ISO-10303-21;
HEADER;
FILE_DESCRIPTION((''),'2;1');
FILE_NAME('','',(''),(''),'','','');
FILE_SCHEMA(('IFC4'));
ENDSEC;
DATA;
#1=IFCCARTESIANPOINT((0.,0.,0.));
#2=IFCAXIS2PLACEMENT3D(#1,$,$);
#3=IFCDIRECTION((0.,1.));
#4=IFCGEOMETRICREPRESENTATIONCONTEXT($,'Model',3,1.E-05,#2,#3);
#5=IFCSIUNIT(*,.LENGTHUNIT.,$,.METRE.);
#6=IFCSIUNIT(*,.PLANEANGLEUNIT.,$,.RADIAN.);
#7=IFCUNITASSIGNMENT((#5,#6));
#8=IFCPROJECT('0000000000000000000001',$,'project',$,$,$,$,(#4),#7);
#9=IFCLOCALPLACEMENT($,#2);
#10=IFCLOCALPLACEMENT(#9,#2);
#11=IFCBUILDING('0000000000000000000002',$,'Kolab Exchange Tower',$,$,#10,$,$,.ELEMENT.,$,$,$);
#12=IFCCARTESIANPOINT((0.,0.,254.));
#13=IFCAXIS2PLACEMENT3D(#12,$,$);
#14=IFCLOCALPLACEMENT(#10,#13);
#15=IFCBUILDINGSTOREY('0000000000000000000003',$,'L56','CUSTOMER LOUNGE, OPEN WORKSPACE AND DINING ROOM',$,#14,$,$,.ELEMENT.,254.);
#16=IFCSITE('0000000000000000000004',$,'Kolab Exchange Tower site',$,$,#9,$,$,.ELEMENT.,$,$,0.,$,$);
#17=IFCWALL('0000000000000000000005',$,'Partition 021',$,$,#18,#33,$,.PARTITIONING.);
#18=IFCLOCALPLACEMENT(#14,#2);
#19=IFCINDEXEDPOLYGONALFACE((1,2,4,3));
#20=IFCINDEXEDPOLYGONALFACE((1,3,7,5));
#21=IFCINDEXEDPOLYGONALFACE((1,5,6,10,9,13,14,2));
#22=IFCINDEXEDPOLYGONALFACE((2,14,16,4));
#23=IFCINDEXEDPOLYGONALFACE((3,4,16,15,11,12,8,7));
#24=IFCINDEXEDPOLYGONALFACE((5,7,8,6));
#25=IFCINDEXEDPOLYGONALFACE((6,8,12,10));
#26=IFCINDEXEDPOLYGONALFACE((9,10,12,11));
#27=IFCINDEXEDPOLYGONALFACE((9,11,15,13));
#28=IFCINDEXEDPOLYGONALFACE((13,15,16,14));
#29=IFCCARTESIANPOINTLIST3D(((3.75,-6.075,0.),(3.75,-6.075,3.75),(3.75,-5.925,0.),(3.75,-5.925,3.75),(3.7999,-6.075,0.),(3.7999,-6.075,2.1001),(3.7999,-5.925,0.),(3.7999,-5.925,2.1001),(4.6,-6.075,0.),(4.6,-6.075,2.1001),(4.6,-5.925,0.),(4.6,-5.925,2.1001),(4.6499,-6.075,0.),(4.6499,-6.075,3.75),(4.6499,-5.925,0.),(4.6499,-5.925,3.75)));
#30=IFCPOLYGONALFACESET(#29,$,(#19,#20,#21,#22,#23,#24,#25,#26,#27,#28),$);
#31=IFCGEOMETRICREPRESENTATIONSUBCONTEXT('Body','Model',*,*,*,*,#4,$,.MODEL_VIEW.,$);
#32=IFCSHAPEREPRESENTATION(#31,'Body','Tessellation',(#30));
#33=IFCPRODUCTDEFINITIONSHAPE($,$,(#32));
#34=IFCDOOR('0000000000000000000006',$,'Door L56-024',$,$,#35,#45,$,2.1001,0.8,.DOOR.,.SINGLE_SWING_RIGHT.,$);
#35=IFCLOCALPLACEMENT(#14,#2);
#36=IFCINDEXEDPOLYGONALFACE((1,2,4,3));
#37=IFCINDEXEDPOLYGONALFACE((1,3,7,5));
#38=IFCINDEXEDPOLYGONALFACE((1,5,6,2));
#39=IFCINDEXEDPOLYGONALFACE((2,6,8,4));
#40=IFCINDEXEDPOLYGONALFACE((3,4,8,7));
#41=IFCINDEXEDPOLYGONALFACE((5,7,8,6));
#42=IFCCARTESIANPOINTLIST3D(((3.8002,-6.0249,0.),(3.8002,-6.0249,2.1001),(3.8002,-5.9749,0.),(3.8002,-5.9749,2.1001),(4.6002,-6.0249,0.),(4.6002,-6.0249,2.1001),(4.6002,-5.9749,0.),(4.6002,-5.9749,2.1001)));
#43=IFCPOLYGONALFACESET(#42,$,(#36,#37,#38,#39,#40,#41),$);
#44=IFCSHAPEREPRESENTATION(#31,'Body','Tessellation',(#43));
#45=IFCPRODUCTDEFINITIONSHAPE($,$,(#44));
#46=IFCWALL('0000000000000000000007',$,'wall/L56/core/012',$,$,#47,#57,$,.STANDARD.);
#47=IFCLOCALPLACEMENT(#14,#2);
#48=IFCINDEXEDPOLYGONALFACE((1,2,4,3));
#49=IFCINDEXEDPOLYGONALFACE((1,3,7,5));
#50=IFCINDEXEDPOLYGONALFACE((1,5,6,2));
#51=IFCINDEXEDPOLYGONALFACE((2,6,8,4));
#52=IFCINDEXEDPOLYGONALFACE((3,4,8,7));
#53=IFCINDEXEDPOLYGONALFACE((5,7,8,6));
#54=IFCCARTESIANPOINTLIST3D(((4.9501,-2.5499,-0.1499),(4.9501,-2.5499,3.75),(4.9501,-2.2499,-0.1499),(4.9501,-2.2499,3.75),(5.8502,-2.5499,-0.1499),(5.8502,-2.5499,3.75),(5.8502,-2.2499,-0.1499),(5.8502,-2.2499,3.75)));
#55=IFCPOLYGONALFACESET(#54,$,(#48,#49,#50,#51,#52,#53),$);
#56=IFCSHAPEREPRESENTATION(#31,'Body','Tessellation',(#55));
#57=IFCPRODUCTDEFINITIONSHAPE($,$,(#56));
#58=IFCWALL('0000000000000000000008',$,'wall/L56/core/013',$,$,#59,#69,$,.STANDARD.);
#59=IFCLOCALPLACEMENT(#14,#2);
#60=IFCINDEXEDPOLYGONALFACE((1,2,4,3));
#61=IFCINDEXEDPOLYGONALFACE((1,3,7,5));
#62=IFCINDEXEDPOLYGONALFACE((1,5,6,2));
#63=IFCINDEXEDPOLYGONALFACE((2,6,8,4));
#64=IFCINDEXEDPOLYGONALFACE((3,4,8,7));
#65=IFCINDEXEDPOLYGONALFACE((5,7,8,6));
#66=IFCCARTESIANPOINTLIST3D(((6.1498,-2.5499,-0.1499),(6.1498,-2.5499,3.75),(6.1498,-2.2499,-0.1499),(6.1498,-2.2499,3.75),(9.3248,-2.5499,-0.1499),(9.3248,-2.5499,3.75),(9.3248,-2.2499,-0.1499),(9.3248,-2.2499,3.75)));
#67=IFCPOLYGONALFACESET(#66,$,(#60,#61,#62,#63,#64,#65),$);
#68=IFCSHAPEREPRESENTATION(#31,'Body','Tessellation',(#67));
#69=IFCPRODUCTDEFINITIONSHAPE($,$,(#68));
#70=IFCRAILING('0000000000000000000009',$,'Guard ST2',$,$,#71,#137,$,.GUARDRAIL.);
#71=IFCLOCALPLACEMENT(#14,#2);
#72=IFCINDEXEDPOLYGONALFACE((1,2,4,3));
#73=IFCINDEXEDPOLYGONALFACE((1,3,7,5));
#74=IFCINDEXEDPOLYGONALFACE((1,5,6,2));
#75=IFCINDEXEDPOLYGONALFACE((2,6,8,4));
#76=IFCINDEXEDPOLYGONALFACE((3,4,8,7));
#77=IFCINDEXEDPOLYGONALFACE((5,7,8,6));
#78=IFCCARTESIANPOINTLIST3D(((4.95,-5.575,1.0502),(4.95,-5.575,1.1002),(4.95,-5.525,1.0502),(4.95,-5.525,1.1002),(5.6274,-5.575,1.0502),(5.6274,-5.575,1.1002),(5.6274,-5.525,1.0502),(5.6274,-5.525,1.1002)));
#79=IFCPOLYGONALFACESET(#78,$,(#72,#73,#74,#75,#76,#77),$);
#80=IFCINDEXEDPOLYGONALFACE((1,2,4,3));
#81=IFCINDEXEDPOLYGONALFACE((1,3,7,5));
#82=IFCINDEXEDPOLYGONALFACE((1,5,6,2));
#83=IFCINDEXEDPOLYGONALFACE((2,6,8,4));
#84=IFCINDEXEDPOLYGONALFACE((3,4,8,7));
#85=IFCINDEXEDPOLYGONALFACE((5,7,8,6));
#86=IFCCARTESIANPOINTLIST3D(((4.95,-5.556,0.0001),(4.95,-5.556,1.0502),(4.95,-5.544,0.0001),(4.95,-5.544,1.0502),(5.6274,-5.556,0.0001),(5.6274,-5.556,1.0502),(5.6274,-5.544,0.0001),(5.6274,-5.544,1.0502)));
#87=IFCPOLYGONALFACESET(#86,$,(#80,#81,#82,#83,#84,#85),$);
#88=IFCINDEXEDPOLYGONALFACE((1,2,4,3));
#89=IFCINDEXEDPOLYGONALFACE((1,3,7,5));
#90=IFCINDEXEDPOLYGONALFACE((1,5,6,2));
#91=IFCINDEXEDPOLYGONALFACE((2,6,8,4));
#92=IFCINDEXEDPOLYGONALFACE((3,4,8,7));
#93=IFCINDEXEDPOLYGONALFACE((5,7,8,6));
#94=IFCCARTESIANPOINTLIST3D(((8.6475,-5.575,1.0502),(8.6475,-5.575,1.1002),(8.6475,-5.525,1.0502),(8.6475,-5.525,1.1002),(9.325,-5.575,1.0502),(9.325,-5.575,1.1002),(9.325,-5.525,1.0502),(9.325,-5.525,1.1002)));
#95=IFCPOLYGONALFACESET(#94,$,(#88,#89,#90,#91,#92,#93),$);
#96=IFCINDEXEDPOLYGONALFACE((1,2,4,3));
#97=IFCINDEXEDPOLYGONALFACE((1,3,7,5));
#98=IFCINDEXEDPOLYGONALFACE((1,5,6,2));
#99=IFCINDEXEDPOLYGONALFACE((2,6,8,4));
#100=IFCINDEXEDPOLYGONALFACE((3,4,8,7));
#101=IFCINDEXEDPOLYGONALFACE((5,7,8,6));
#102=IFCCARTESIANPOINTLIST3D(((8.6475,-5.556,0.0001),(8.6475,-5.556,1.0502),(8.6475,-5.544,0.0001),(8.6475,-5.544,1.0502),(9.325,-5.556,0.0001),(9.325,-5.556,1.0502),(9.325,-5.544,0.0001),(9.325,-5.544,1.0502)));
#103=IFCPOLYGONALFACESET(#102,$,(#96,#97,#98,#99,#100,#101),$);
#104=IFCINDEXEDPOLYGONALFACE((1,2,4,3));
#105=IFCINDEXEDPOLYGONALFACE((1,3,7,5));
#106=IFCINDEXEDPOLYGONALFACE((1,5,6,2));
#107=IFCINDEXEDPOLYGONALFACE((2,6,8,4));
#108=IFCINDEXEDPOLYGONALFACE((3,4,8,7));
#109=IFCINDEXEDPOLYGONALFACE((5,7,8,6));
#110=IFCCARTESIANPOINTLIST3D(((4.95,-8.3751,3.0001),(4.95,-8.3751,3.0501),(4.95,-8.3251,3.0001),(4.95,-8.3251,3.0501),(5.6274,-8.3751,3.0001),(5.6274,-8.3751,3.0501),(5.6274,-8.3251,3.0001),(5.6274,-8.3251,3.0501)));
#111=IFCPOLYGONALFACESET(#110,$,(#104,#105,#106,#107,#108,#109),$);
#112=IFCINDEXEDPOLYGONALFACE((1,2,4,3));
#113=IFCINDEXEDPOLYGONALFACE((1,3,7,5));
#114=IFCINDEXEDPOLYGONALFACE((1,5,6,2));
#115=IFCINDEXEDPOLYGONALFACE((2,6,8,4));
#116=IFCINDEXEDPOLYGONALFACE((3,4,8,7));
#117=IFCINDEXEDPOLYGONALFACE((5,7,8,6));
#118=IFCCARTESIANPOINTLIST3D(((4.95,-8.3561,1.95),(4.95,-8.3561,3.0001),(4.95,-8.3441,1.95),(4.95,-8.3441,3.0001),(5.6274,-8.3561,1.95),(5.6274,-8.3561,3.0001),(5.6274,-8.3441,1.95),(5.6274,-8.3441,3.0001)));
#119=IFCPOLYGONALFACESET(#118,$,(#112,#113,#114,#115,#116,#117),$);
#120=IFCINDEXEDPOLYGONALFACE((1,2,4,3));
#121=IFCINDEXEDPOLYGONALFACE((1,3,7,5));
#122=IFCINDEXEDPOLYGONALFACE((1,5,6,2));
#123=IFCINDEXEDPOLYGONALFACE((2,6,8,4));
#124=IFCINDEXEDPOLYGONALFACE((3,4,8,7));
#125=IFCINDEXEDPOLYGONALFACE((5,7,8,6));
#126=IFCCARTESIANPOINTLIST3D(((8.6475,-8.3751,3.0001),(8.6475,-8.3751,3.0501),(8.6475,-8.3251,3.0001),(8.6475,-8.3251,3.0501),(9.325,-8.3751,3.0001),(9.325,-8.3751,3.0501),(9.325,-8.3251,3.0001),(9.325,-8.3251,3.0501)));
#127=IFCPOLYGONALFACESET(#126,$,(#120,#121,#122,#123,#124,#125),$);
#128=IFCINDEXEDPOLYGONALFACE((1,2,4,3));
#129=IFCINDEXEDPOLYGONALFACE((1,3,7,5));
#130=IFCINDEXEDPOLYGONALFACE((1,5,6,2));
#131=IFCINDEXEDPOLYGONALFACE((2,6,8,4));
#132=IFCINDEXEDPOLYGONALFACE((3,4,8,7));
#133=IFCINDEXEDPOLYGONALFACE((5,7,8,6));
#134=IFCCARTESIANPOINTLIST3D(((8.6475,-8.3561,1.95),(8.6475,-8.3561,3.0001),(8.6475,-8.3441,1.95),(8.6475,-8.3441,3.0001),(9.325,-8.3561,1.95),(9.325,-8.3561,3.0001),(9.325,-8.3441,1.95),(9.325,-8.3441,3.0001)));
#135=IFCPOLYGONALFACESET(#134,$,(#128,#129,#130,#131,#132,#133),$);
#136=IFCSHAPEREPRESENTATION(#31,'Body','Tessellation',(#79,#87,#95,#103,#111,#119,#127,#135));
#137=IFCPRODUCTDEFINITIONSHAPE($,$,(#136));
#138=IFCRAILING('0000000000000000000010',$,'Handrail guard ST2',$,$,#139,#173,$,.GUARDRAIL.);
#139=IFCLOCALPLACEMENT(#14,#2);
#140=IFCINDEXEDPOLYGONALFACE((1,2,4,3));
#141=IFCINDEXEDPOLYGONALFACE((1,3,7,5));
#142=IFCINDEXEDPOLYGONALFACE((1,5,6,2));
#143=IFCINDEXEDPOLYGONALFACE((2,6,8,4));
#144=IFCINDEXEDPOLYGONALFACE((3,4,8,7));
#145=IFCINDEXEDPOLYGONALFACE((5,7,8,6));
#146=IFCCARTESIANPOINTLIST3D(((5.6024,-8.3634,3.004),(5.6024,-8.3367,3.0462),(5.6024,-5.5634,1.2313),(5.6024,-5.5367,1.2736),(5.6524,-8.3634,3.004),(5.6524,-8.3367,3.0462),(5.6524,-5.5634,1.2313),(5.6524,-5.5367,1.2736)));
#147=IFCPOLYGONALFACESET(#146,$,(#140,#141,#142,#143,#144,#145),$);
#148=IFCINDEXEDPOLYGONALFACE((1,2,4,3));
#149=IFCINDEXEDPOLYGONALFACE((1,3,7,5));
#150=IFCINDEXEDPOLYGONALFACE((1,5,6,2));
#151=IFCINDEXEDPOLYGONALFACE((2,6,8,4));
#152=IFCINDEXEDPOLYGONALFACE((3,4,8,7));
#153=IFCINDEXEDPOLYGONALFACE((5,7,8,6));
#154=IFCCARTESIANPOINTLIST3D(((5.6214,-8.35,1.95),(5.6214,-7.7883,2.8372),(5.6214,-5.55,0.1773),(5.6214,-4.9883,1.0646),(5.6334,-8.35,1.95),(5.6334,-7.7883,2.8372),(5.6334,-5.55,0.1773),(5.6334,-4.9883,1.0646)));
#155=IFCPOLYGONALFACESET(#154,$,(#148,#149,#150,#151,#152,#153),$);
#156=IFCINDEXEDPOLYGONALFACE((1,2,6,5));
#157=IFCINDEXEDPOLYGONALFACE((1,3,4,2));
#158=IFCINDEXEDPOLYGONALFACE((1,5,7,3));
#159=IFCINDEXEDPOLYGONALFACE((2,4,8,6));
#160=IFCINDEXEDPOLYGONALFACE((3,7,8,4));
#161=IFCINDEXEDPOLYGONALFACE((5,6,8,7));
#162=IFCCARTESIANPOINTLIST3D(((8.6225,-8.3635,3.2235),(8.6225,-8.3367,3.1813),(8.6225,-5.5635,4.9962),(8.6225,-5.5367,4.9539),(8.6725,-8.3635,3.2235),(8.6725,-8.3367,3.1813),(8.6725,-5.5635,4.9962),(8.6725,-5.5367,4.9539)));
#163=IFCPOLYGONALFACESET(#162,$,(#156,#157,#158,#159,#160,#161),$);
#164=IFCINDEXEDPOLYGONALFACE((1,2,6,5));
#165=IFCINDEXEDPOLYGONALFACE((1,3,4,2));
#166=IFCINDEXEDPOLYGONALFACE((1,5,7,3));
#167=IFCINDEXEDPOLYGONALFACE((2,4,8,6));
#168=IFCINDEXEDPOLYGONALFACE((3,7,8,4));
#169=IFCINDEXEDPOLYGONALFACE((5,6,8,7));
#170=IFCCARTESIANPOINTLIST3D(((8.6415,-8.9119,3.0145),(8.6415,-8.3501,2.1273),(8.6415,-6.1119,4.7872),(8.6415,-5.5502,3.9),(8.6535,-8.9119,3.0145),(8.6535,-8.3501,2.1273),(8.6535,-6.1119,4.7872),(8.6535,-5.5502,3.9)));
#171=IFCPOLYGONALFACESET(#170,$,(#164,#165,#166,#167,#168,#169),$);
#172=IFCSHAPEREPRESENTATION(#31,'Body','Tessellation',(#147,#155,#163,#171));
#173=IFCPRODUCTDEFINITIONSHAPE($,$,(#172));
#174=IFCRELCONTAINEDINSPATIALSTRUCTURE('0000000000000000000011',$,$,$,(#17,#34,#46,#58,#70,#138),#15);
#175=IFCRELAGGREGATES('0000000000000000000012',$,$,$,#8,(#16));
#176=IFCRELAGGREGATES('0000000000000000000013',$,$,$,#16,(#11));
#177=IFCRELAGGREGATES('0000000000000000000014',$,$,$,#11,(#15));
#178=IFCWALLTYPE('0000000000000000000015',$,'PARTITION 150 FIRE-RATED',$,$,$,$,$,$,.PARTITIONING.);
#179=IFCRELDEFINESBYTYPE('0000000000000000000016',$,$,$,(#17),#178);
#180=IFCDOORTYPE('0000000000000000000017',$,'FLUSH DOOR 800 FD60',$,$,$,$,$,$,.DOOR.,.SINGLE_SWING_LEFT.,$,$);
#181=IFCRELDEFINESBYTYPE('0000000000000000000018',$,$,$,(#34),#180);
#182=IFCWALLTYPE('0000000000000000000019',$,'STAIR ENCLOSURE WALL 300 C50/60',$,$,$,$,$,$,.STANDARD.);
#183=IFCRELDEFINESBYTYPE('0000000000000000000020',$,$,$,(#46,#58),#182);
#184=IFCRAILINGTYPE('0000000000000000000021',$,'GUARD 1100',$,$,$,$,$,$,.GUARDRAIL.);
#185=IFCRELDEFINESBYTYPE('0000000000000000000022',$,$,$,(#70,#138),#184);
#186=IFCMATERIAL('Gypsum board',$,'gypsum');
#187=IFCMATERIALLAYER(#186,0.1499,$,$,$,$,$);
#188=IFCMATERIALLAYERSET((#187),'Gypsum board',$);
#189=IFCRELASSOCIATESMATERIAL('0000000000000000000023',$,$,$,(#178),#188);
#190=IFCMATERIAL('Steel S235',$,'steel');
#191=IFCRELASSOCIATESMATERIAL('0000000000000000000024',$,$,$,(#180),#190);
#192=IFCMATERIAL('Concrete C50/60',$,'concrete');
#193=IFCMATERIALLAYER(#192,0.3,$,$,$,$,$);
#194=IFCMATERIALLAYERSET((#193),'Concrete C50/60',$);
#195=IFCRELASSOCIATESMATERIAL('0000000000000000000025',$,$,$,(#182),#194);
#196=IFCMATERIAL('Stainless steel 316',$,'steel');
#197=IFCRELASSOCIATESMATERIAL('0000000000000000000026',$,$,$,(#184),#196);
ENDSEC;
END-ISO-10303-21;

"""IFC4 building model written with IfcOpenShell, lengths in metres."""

from ifc_helpers import new_model, si_unit, direction, frame, frame_2d, origin, origin_2d, place, context, subcontext, project, spatial, rectangle, extrude, material, layer, layer_set, type_object, element, fill, save


model = new_model("IFC4")

# Units and contexts
model_context = context("Model", 3, precision=1e-05, world=origin(), true_north=direction((0.0, 1.0)))
body_context = subcontext(model_context, "Body", "Model", "MODEL_VIEW")
ifc_project = project(units=[si_unit("LENGTHUNIT", "METRE"), si_unit("PLANEANGLEUNIT", "RADIAN")], contexts=[model_context])

# Site, building, storey
site_placement = place(None, origin())
site = spatial("IfcSite", under=ifc_project, at=site_placement, Name="Kolab Exchange Tower site", CompositionType="ELEMENT", RefElevation=0.0)
building_placement = place(site_placement, origin())
building = spatial("IfcBuilding", under=site, at=building_placement, Name="Kolab Exchange Tower", CompositionType="ELEMENT")
storey_placement = place(building_placement, frame((0.0, 0.0, 254.0)))
storey = spatial("IfcBuildingStorey", under=building, at=storey_placement, Name="L56", Description="CUSTOMER LOUNGE, OPEN WORKSPACE AND DINING ROOM", CompositionType="ELEMENT", Elevation=254.0)

# Shared definitions
ifc_material_1 = material(Name="Concrete C50/60", Category="concrete")
ifc_material_2 = material(Name="Stainless steel 316", Category="steel")

# Wall, opening, door
ifc_material_3 = material(Name="Gypsum board", Category="gypsum")
ifc_layer_1 = layer(ifc_material_3, 0.1499)
ifc_layer_set_1 = layer_set([ifc_layer_1], Name="Gypsum board")
wall_type_1 = type_object("IfcWallType", Name="PARTITION 150 FIRE-RATED", PredefinedType="PARTITIONING", material=ifc_layer_set_1)
wall_1_placement = place(storey_placement, frame((3.75, -6.0, 0.0), z_axis=(0.0, 0.0, 1.0), x_axis=(1.0, 0.0, 0.0)))
wall_1 = element("IfcWall", 1, at=wall_1_placement, inside=storey, type_object=wall_type_1, Name="Partition 021", PredefinedType="PARTITIONING", context=body_context, shape_type="SweptSolid", body=[
    extrude(rectangle(XDim=0.8999, YDim=0.1499, at=frame_2d((0.45, 0.0))), origin(), (0.0, 0.0, 1.0), 3.75),
])
opening_1_placement = place(wall_1_placement, frame((0.05, 0.0, 0.0)))
opening_1 = element("IfcOpeningElement", 2, at=opening_1_placement, cuts=wall_1, PredefinedType="OPENING", context=body_context, shape_type="SweptSolid", body=[
    extrude(rectangle(XDim=0.8, YDim=2.1001, at=frame_2d((0.3999, 1.05))), frame((0.0, 0.085, 0.0), z_axis=(0.0, -1.0, 0.0), x_axis=(1.0, 0.0, 0.0)), (0.0, 0.0, 1.0), 0.1699),
])
ifc_material_4 = material(Name="Steel S235", Category="steel")
door_type_1 = type_object("IfcDoorType", Name="FLUSH DOOR 800 FD60", OperationType="SINGLE_SWING_LEFT", PredefinedType="DOOR", material=ifc_material_4)
door_1_placement = place(opening_1_placement, frame((0.8, 0.0, 0.0), z_axis=(0.0, 0.0, 1.0), x_axis=(-1.0, 0.0, 0.0)))
door_1 = element("IfcDoor", 3, at=door_1_placement, inside=storey, type_object=door_type_1, Name="Door L56-024", OperationType="SINGLE_SWING_RIGHT", OverallHeight=2.1001, OverallWidth=0.8, PredefinedType="DOOR", context=body_context, shape_type="SweptSolid", body=[
    extrude(rectangle(XDim=0.8, YDim=2.1001, at=frame_2d((0.3999, 1.05))), frame((0.0, 0.0249, 0.0), z_axis=(0.0, -1.0, 0.0), x_axis=(1.0, 0.0, 0.0)), (0.0, 0.0, 1.0), 0.05),
])
fill(opening_1, door_1)

# Walls
ifc_layer_2 = layer(ifc_material_1, 0.3)
ifc_layer_set_2 = layer_set([ifc_layer_2], Name="Concrete C50/60")
wall_type_2 = type_object("IfcWallType", Name="STAIR ENCLOSURE WALL 300 C50/60", PredefinedType="STANDARD", material=ifc_layer_set_2)
wall_2_placement = place(storey_placement, frame((4.95, -2.3999, -0.1499), z_axis=(0.0, 0.0, 1.0), x_axis=(1.0, 0.0, 0.0)))
element("IfcWall", 4, at=wall_2_placement, inside=storey, type_object=wall_type_2, Name="wall/L56/core/012", PredefinedType="STANDARD", context=body_context, shape_type="SweptSolid", body=[
    extrude(rectangle(XDim=0.9001, YDim=0.3, at=frame_2d((0.4502, 0.0))), origin(), (0.0, 0.0, 1.0), 3.8999),
])
wall_3_placement = place(storey_placement, frame((6.1499, -2.3999, -0.1499), z_axis=(0.0, 0.0, 1.0), x_axis=(1.0, 0.0, 0.0)))
element("IfcWall", 5, at=wall_3_placement, inside=storey, type_object=wall_type_2, Name="wall/L56/core/013", PredefinedType="STANDARD", context=body_context, shape_type="SweptSolid", body=[
    extrude(rectangle(XDim=3.175, YDim=0.3, at=frame_2d((1.5874, 0.0))), origin(), (0.0, 0.0, 1.0), 3.8999),
])

# Railings
railing_type = type_object("IfcRailingType", Name="GUARD 1100", PredefinedType="GUARDRAIL", material=ifc_material_2)
railing_1_placement = place(storey_placement, frame((4.95, -5.55, 0.0)))
element("IfcRailing", 6, at=railing_1_placement, inside=storey, type_object=railing_type, Name="Guard ST2", PredefinedType="GUARDRAIL", context=body_context, shape_type="SweptSolid", body=[
    extrude(rectangle(XDim=0.05, YDim=0.05, at=origin_2d()), frame((0.0, 0.0, 1.0752), z_axis=(1.0, 0.0, 0.0), x_axis=(0.0, 1.0, 0.0)), (0.0, 0.0, 1.0), 0.6775),
    extrude(rectangle(XDim=0.012, YDim=1.0501, at=frame_2d((0.0, 0.5251))), frame((0.0, 0.0, 0.0), z_axis=(1.0, 0.0, 0.0), x_axis=(0.0, 1.0, 0.0)), (0.0, 0.0, 1.0), 0.6775),
    extrude(rectangle(XDim=0.05, YDim=0.05, at=origin_2d()), frame((3.6975, 0.0, 1.0752), z_axis=(1.0, 0.0, 0.0), x_axis=(0.0, 1.0, 0.0)), (0.0, 0.0, 1.0), 0.6775),
    extrude(rectangle(XDim=0.012, YDim=1.0501, at=frame_2d((0.0, 0.5251))), frame((3.6975, 0.0, 0.0), z_axis=(1.0, 0.0, 0.0), x_axis=(0.0, 1.0, 0.0)), (0.0, 0.0, 1.0), 0.6775),
    extrude(rectangle(XDim=0.05, YDim=0.05, at=origin_2d()), frame((0.0, -2.8, 3.0251), z_axis=(1.0, 0.0, 0.0), x_axis=(0.0, 1.0, 0.0)), (0.0, 0.0, 1.0), 0.6775),
    extrude(rectangle(XDim=0.012, YDim=1.0501, at=frame_2d((0.0, 0.5251))), frame((0.0, -2.8, 1.95), z_axis=(1.0, 0.0, 0.0), x_axis=(0.0, 1.0, 0.0)), (0.0, 0.0, 1.0), 0.6775),
    extrude(rectangle(XDim=0.05, YDim=0.05, at=origin_2d()), frame((3.6975, -2.8, 3.0251), z_axis=(1.0, 0.0, 0.0), x_axis=(0.0, 1.0, 0.0)), (0.0, 0.0, 1.0), 0.6775),
    extrude(rectangle(XDim=0.012, YDim=1.0501, at=frame_2d((0.0, 0.5251))), frame((3.6975, -2.8, 1.95), z_axis=(1.0, 0.0, 0.0), x_axis=(0.0, 1.0, 0.0)), (0.0, 0.0, 1.0), 0.6775),
])
railing_2_placement = place(storey_placement, frame((5.6274, -5.55, 0.1772)))
element("IfcRailing", 7, at=railing_2_placement, inside=storey, type_object=railing_type, Name="Handrail guard ST2", PredefinedType="GUARDRAIL", context=body_context, shape_type="SweptSolid", body=[
    extrude(rectangle(XDim=0.05, YDim=0.05, at=origin_2d()), frame((0.0, 0.0, 1.0752), z_axis=(0.0, -0.844909, 0.53491), x_axis=(1.0, 0.0, 0.0)), (0.0, 0.0, 1.0), 3.314),
    extrude(rectangle(XDim=0.012, YDim=1.0501, at=frame_2d((0.0, 0.5251))), frame((0.0, 0.0, 0.0), z_axis=(0.0, -0.844909, 0.53491), x_axis=(1.0, 0.0, 0.0)), (0.0, 0.0, 1.0), 3.314),
    extrude(rectangle(XDim=0.05, YDim=0.05, at=origin_2d()), frame((3.02, -2.8, 3.0251), z_axis=(0.0, 0.844909, 0.53491), x_axis=(-1.0, 0.0, 0.0)), (0.0, 0.0, 1.0), 3.314),
    extrude(rectangle(XDim=0.012, YDim=1.0501, at=frame_2d((0.0, 0.5251))), frame((3.02, -2.8, 1.95), z_axis=(0.0, 0.844909, 0.53491), x_axis=(-1.0, 0.0, 0.0)), (0.0, 0.0, 1.0), 3.314),
])

save(model, "model.ifc")
